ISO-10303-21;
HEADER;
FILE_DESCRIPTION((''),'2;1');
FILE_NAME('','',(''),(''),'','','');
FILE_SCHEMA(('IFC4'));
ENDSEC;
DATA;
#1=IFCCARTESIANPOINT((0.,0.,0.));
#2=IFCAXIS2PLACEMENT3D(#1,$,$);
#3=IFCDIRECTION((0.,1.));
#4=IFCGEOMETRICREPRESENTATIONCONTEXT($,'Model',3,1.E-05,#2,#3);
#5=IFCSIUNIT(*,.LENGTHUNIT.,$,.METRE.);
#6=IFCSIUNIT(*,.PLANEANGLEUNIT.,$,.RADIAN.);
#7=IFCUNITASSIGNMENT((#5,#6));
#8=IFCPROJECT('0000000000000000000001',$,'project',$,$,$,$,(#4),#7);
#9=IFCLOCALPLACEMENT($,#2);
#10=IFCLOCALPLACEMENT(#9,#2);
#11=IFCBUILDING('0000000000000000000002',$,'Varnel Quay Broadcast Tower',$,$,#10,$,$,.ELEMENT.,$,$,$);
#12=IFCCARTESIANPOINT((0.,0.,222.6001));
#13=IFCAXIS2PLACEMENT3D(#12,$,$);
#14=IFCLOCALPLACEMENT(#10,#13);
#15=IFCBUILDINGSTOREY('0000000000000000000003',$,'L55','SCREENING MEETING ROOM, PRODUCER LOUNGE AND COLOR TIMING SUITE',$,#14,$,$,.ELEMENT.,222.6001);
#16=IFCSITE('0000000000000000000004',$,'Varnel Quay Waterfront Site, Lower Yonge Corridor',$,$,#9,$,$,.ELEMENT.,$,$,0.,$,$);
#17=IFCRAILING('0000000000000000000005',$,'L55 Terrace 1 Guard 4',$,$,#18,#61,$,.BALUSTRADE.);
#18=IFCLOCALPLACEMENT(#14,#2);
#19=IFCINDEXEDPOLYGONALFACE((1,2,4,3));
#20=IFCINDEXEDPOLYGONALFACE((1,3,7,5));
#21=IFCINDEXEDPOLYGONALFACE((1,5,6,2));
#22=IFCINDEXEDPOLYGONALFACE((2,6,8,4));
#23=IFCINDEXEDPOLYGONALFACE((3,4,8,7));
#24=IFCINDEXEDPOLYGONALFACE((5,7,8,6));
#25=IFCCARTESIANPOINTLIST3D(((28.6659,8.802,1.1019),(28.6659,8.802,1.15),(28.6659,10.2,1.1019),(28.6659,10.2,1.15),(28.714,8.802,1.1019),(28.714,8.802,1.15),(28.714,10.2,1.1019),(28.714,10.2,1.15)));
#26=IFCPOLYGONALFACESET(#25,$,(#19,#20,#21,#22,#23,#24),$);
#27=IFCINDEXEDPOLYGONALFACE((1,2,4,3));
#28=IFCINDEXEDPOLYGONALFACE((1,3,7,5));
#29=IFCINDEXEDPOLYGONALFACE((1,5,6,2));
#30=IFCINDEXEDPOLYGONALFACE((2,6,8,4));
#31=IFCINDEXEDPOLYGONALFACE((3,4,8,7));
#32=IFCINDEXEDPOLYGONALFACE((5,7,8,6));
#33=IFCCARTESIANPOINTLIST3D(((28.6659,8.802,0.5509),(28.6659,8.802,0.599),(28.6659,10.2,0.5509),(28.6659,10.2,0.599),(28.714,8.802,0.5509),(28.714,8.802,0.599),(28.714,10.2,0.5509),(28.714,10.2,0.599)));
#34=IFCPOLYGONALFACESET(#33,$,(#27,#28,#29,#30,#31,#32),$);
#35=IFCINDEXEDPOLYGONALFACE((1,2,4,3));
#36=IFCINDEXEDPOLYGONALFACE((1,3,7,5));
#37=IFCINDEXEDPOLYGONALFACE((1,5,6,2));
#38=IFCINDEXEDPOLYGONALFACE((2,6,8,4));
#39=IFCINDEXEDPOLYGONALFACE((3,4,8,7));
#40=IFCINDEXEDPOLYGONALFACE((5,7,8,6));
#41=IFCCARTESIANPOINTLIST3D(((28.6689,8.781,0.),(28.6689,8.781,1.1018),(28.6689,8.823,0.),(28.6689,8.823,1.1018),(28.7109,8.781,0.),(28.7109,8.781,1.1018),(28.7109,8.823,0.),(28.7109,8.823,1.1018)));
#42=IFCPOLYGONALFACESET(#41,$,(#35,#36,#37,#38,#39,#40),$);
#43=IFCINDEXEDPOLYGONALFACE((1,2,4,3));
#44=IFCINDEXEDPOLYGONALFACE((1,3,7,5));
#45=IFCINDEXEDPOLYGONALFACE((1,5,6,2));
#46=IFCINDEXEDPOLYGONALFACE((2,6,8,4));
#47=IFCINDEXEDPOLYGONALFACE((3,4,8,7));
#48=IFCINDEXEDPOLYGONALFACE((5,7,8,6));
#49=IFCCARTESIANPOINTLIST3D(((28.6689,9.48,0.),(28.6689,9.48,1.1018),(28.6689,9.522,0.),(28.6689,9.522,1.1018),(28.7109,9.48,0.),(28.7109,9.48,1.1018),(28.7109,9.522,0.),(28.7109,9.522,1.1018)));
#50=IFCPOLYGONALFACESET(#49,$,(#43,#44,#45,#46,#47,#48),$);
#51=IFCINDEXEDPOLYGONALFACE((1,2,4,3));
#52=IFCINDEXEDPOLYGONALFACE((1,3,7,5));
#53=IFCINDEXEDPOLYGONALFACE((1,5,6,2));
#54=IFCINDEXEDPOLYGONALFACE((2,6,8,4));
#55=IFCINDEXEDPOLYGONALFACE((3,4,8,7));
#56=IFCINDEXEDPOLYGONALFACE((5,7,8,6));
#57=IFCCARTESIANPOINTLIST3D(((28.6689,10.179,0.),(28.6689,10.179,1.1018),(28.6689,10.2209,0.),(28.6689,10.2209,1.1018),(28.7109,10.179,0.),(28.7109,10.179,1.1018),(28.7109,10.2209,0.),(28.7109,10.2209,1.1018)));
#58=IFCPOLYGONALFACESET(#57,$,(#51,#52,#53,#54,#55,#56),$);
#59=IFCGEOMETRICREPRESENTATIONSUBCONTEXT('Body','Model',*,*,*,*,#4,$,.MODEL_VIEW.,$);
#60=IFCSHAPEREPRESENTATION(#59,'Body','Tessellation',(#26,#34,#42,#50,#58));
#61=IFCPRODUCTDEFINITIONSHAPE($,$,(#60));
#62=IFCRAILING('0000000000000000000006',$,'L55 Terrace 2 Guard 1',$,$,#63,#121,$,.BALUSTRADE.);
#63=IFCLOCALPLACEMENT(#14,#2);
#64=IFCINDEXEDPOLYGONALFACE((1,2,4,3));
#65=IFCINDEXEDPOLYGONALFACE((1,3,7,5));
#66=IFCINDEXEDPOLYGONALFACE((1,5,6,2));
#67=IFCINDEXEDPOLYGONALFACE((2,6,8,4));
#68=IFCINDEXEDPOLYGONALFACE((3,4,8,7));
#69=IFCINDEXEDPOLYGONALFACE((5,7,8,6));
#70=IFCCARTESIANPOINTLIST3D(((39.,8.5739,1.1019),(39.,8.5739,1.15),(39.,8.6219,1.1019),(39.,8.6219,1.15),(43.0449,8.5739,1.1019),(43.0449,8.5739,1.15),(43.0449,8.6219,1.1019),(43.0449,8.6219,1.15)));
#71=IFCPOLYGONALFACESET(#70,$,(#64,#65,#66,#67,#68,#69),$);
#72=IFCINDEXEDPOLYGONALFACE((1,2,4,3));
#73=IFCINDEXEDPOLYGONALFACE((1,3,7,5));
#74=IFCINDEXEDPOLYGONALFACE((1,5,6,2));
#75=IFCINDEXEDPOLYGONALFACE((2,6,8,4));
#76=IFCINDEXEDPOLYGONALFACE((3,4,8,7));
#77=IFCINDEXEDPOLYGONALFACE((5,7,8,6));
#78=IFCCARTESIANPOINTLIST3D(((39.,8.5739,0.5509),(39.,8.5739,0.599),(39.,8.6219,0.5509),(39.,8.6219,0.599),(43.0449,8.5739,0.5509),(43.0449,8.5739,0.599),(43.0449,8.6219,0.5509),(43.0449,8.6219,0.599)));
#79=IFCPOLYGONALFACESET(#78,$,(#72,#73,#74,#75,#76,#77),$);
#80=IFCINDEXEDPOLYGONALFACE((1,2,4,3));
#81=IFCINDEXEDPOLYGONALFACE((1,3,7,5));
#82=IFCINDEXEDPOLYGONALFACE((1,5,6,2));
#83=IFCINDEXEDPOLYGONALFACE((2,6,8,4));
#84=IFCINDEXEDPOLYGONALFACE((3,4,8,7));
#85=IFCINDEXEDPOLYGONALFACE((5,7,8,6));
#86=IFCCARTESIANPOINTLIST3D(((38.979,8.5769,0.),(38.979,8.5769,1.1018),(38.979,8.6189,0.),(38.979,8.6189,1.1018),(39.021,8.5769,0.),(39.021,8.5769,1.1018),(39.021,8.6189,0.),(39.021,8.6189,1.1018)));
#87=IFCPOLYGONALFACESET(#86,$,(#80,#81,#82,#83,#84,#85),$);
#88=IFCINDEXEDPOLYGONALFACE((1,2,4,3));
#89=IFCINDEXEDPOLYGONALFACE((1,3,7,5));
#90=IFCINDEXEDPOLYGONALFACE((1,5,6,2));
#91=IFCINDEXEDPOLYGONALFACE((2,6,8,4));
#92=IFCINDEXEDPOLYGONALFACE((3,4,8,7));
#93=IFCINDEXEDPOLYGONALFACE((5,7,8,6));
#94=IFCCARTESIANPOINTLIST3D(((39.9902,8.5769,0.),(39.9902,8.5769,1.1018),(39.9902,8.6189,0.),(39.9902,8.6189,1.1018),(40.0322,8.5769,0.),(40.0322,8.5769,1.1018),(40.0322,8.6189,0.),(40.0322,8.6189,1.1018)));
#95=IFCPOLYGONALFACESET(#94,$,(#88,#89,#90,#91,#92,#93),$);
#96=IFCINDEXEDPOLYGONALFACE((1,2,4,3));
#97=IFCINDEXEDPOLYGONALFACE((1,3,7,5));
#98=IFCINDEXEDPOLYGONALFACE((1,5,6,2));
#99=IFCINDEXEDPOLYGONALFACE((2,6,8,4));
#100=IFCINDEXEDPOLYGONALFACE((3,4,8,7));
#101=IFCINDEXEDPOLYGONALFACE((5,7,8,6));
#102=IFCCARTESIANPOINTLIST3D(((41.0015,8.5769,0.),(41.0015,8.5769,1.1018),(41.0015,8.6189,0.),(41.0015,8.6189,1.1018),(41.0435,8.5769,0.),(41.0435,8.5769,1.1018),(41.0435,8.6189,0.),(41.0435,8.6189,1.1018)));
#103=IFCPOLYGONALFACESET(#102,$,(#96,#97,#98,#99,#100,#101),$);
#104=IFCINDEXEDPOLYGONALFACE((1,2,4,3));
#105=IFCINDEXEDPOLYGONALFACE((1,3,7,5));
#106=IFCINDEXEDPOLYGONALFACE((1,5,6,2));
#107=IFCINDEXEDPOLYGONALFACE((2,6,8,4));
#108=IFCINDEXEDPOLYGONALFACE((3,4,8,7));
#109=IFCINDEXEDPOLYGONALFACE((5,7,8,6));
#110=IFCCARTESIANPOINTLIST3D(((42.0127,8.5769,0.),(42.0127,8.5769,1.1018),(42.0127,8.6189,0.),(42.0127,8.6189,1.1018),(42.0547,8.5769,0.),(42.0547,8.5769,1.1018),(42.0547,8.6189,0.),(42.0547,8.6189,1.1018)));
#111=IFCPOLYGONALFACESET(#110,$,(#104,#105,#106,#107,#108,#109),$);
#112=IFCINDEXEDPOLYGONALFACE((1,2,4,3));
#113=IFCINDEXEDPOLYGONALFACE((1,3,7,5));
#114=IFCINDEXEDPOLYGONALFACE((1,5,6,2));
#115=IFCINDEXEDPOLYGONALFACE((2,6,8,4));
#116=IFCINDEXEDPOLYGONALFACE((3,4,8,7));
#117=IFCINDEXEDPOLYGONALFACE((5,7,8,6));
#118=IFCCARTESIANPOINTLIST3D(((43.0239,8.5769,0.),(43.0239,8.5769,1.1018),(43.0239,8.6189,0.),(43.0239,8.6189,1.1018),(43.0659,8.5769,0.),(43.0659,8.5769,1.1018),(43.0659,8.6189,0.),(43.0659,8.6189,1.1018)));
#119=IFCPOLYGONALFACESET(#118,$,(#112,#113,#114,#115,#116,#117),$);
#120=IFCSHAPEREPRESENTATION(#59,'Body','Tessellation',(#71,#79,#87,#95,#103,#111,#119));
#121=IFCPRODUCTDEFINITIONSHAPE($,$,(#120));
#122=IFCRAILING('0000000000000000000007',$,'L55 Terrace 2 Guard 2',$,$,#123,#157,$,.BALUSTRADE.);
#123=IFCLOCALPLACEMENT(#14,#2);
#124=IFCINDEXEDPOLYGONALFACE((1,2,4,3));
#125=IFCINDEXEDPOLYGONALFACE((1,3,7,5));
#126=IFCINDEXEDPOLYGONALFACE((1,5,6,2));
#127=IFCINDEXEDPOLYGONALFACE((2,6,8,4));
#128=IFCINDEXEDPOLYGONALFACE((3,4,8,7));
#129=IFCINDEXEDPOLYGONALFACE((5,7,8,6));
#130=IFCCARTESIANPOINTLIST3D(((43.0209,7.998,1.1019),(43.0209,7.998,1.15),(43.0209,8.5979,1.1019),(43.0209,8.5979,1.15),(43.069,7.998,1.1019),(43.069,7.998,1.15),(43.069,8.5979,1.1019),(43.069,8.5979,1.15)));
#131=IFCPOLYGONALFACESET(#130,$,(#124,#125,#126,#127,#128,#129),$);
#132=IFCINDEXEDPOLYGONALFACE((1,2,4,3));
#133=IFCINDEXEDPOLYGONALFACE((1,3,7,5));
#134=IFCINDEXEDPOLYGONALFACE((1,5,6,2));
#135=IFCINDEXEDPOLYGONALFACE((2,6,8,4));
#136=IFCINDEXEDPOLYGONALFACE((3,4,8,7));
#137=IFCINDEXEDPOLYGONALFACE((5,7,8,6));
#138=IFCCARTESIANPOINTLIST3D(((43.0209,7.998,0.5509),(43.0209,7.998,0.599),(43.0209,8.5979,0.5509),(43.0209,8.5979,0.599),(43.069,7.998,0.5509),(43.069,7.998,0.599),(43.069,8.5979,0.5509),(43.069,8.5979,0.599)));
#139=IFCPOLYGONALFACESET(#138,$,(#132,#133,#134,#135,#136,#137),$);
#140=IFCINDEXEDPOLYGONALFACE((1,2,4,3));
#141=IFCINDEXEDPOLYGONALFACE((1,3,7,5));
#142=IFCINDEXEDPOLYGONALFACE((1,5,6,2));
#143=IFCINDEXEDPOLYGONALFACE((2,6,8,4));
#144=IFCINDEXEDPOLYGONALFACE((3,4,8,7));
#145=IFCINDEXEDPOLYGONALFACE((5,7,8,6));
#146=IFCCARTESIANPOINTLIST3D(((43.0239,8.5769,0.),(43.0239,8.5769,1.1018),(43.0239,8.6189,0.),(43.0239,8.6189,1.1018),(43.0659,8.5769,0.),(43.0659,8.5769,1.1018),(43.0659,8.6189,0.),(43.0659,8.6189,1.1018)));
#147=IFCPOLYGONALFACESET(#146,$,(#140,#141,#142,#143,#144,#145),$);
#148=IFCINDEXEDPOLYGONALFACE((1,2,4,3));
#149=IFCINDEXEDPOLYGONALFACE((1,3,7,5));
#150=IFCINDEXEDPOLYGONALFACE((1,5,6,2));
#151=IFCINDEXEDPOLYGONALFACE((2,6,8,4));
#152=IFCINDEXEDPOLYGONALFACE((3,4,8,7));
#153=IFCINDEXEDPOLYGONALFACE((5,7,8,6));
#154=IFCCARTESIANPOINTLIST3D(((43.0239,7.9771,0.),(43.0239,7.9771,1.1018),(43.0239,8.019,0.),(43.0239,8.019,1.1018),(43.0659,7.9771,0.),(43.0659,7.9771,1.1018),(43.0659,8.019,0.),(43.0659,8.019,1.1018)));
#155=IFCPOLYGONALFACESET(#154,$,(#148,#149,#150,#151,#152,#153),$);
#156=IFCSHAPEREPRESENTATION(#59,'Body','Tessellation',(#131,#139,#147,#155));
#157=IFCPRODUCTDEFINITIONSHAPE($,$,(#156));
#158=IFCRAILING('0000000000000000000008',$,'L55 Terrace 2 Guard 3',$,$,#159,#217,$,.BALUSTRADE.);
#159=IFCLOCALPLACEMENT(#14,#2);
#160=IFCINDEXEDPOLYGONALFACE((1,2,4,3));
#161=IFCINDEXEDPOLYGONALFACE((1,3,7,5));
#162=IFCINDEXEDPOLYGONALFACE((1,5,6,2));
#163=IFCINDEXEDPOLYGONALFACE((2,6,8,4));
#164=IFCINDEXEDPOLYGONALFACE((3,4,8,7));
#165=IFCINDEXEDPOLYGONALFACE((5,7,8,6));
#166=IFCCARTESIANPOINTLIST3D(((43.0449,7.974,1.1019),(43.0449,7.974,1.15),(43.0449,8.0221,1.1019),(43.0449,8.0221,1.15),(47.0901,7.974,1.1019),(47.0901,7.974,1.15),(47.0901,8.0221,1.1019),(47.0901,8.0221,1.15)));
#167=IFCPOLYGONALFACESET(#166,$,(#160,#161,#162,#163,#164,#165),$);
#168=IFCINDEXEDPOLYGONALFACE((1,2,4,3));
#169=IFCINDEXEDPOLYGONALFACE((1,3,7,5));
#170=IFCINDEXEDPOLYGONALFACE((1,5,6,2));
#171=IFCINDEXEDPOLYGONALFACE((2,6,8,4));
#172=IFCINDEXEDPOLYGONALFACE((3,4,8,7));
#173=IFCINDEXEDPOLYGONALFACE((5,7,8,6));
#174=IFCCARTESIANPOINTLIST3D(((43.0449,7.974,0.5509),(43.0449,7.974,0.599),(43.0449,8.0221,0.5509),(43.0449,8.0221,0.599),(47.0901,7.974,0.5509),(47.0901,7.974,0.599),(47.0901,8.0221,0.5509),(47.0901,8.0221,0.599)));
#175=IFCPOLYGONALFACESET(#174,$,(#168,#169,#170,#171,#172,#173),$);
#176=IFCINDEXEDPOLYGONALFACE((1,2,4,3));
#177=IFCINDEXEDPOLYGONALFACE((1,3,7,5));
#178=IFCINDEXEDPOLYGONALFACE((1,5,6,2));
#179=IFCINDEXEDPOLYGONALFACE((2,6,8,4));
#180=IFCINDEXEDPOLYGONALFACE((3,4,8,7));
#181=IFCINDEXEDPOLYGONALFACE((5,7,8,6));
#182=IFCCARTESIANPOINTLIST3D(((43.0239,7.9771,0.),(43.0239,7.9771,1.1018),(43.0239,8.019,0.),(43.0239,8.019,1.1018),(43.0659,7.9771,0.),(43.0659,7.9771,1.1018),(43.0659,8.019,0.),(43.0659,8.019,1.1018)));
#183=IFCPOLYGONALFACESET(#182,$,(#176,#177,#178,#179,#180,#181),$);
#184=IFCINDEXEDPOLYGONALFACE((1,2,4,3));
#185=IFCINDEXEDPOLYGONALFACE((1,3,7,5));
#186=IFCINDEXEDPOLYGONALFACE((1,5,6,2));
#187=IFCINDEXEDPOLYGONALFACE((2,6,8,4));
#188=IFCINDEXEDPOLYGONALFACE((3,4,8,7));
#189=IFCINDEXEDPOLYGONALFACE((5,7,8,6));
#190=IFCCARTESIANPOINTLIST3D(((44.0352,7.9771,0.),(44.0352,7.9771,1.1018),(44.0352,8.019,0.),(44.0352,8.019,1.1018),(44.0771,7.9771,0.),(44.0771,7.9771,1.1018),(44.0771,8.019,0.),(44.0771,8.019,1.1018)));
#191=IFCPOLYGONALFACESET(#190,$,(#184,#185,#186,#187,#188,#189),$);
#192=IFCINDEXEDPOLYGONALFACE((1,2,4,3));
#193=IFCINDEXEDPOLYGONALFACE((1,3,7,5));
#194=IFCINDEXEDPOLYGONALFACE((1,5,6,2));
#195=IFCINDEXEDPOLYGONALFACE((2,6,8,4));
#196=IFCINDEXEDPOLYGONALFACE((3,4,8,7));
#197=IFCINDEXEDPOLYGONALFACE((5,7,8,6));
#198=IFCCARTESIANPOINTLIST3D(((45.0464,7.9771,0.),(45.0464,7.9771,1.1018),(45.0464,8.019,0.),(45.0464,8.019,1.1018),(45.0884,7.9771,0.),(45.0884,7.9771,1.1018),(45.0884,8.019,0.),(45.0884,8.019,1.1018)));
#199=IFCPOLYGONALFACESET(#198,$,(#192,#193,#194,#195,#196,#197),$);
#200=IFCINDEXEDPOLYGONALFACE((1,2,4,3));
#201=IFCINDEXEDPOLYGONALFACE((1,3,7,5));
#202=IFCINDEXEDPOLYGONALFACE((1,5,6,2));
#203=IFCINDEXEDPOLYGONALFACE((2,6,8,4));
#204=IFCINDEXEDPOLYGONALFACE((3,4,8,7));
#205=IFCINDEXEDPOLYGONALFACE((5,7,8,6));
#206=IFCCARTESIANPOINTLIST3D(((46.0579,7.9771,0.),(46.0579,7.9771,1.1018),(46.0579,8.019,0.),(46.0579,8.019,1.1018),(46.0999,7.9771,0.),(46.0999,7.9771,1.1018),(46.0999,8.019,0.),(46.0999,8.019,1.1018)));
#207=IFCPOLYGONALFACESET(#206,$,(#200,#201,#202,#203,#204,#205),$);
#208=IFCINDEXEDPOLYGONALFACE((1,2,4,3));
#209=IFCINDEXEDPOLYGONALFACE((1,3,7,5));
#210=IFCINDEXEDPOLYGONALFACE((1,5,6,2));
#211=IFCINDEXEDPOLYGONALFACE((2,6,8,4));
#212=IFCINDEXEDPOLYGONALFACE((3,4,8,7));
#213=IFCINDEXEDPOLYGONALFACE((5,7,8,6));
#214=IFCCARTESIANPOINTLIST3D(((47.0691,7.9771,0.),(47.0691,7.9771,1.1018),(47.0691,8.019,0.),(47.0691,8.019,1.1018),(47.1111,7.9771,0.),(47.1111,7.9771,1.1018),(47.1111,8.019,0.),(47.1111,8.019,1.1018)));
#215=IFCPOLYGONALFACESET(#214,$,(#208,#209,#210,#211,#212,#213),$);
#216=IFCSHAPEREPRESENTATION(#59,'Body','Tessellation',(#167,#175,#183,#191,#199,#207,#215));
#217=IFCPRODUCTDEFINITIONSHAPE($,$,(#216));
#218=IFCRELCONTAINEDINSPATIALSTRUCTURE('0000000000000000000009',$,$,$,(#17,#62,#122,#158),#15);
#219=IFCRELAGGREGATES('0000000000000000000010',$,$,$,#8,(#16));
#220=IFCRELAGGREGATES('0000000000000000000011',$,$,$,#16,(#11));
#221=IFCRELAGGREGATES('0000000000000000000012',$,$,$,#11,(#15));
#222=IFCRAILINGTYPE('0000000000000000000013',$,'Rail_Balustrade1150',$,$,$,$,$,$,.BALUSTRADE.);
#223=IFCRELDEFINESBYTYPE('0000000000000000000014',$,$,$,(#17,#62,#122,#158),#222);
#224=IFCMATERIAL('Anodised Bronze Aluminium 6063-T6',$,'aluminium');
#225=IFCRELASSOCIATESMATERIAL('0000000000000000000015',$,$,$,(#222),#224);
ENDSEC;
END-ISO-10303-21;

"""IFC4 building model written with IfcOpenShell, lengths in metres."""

from ifc_helpers import new_model, si_unit, direction, frame, origin, origin_2d, place, context, subcontext, project, spatial, rectangle, extrude, material, type_object, element, save


model = new_model("IFC4")

# Units and contexts
model_context = context("Model", 3, precision=1e-05, world=origin(), true_north=direction((0.0, 1.0)))
body_context = subcontext(model_context, "Body", "Model", "MODEL_VIEW")
ifc_project = project(units=[si_unit("LENGTHUNIT", "METRE"), si_unit("PLANEANGLEUNIT", "RADIAN")], contexts=[model_context])

# Site, building, storey
site_placement = place(None, origin())
site = spatial("IfcSite", under=ifc_project, at=site_placement, Name="Varnel Quay Waterfront Site, Lower Yonge Corridor", CompositionType="ELEMENT", RefElevation=0.0)
building_placement = place(site_placement, origin())
building = spatial("IfcBuilding", under=site, at=building_placement, Name="Varnel Quay Broadcast Tower", CompositionType="ELEMENT")
storey_placement = place(building_placement, frame((0.0, 0.0, 222.6001)))
storey = spatial("IfcBuildingStorey", under=building, at=storey_placement, Name="L55", Description="SCREENING MEETING ROOM, PRODUCER LOUNGE AND COLOR TIMING SUITE", CompositionType="ELEMENT", Elevation=222.6001)

# Shared definitions
ifc_material_1 = material(Name="Anodised Bronze Aluminium 6063-T6", Category="aluminium")

# Railings
railing_type = type_object("IfcRailingType", Name="Rail_Balustrade1150", PredefinedType="BALUSTRADE", material=ifc_material_1)
railing_1_placement = place(storey_placement, frame((28.6899, 8.802, 0.0)))
element("IfcRailing", 1, at=railing_1_placement, inside=storey, type_object=railing_type, Name="L55 Terrace 1 Guard 4", PredefinedType="BALUSTRADE", context=body_context, shape_type="SweptSolid", body=[
    extrude(rectangle(XDim=0.0481, YDim=0.0481, at=origin_2d()), frame((0.0, 0.0, 1.126), z_axis=(0.0, 1.0, 0.0), x_axis=(-1.0, 0.0, 0.0)), (0.0, 0.0, 1.0), 1.3979),
    extrude(rectangle(XDim=0.0481, YDim=0.0481, at=origin_2d()), frame((0.0, 0.0, 0.575), z_axis=(0.0, 1.0, 0.0), x_axis=(-1.0, 0.0, 0.0)), (0.0, 0.0, 1.0), 1.3979),
    extrude(rectangle(XDim=0.042, YDim=0.042, at=origin_2d()), origin(), (0.0, 0.0, 1.0), 1.1018),
    extrude(rectangle(XDim=0.042, YDim=0.042, at=origin_2d()), frame((0.0, 0.699, 0.0)), (0.0, 0.0, 1.0), 1.1018),
    extrude(rectangle(XDim=0.042, YDim=0.042, at=origin_2d()), frame((0.0, 1.3979, 0.0)), (0.0, 0.0, 1.0), 1.1018),
])
railing_2_placement = place(storey_placement, frame((39.0, 8.5979, 0.0)))
element("IfcRailing", 2, at=railing_2_placement, inside=storey, type_object=railing_type, Name="L55 Terrace 2 Guard 1", PredefinedType="BALUSTRADE", context=body_context, shape_type="SweptSolid", body=[
    extrude(rectangle(XDim=0.0481, YDim=0.0481, at=origin_2d()), frame((0.0, 0.0, 1.126), z_axis=(1.0, 0.0, 0.0), x_axis=(0.0, 1.0, 0.0)), (0.0, 0.0, 1.0), 4.0449),
    extrude(rectangle(XDim=0.0481, YDim=0.0481, at=origin_2d()), frame((0.0, 0.0, 0.575), z_axis=(1.0, 0.0, 0.0), x_axis=(0.0, 1.0, 0.0)), (0.0, 0.0, 1.0), 4.0449),
    extrude(rectangle(XDim=0.042, YDim=0.042, at=origin_2d()), origin(), (0.0, 0.0, 1.0), 1.1018),
    extrude(rectangle(XDim=0.042, YDim=0.042, at=origin_2d()), frame((1.0112, 0.0, 0.0)), (0.0, 0.0, 1.0), 1.1018),
    extrude(rectangle(XDim=0.042, YDim=0.042, at=origin_2d()), frame((2.0225, 0.0, 0.0)), (0.0, 0.0, 1.0), 1.1018),
    extrude(rectangle(XDim=0.042, YDim=0.042, at=origin_2d()), frame((3.0337, 0.0, 0.0)), (0.0, 0.0, 1.0), 1.1018),
    extrude(rectangle(XDim=0.042, YDim=0.042, at=origin_2d()), frame((4.0449, 0.0, 0.0)), (0.0, 0.0, 1.0), 1.1018),
])
railing_3_placement = place(storey_placement, frame((43.0449, 8.5979, 0.0)))
element("IfcRailing", 3, at=railing_3_placement, inside=storey, type_object=railing_type, Name="L55 Terrace 2 Guard 2", PredefinedType="BALUSTRADE", context=body_context, shape_type="SweptSolid", body=[
    extrude(rectangle(XDim=0.0481, YDim=0.0481, at=origin_2d()), frame((0.0, 0.0, 1.126), z_axis=(0.0, -1.0, 0.0), x_axis=(1.0, 0.0, 0.0)), (0.0, 0.0, 1.0), 0.5999),
    extrude(rectangle(XDim=0.0481, YDim=0.0481, at=origin_2d()), frame((0.0, 0.0, 0.575), z_axis=(0.0, -1.0, 0.0), x_axis=(1.0, 0.0, 0.0)), (0.0, 0.0, 1.0), 0.5999),
    extrude(rectangle(XDim=0.042, YDim=0.042, at=origin_2d()), origin(), (0.0, 0.0, 1.0), 1.1018),
    extrude(rectangle(XDim=0.042, YDim=0.042, at=origin_2d()), frame((0.0, -0.5999, 0.0)), (0.0, 0.0, 1.0), 1.1018),
])
railing_4_placement = place(storey_placement, frame((43.0449, 7.998, 0.0)))
element("IfcRailing", 4, at=railing_4_placement, inside=storey, type_object=railing_type, Name="L55 Terrace 2 Guard 3", PredefinedType="BALUSTRADE", context=body_context, shape_type="SweptSolid", body=[
    extrude(rectangle(XDim=0.0481, YDim=0.0481, at=origin_2d()), frame((0.0, 0.0, 1.126), z_axis=(1.0, 0.0, 0.0), x_axis=(0.0, 1.0, 0.0)), (0.0, 0.0, 1.0), 4.0452),
    extrude(rectangle(XDim=0.0481, YDim=0.0481, at=origin_2d()), frame((0.0, 0.0, 0.575), z_axis=(1.0, 0.0, 0.0), x_axis=(0.0, 1.0, 0.0)), (0.0, 0.0, 1.0), 4.0452),
    extrude(rectangle(XDim=0.042, YDim=0.042, at=origin_2d()), origin(), (0.0, 0.0, 1.0), 1.1018),
    extrude(rectangle(XDim=0.042, YDim=0.042, at=origin_2d()), frame((1.0112, 0.0, 0.0)), (0.0, 0.0, 1.0), 1.1018),
    extrude(rectangle(XDim=0.042, YDim=0.042, at=origin_2d()), frame((2.0225, 0.0, 0.0)), (0.0, 0.0, 1.0), 1.1018),
    extrude(rectangle(XDim=0.042, YDim=0.042, at=origin_2d()), frame((3.0339, 0.0, 0.0)), (0.0, 0.0, 1.0), 1.1018),
    extrude(rectangle(XDim=0.042, YDim=0.042, at=origin_2d()), frame((4.0452, 0.0, 0.0)), (0.0, 0.0, 1.0), 1.1018),
])

save(model, "model.ifc")
